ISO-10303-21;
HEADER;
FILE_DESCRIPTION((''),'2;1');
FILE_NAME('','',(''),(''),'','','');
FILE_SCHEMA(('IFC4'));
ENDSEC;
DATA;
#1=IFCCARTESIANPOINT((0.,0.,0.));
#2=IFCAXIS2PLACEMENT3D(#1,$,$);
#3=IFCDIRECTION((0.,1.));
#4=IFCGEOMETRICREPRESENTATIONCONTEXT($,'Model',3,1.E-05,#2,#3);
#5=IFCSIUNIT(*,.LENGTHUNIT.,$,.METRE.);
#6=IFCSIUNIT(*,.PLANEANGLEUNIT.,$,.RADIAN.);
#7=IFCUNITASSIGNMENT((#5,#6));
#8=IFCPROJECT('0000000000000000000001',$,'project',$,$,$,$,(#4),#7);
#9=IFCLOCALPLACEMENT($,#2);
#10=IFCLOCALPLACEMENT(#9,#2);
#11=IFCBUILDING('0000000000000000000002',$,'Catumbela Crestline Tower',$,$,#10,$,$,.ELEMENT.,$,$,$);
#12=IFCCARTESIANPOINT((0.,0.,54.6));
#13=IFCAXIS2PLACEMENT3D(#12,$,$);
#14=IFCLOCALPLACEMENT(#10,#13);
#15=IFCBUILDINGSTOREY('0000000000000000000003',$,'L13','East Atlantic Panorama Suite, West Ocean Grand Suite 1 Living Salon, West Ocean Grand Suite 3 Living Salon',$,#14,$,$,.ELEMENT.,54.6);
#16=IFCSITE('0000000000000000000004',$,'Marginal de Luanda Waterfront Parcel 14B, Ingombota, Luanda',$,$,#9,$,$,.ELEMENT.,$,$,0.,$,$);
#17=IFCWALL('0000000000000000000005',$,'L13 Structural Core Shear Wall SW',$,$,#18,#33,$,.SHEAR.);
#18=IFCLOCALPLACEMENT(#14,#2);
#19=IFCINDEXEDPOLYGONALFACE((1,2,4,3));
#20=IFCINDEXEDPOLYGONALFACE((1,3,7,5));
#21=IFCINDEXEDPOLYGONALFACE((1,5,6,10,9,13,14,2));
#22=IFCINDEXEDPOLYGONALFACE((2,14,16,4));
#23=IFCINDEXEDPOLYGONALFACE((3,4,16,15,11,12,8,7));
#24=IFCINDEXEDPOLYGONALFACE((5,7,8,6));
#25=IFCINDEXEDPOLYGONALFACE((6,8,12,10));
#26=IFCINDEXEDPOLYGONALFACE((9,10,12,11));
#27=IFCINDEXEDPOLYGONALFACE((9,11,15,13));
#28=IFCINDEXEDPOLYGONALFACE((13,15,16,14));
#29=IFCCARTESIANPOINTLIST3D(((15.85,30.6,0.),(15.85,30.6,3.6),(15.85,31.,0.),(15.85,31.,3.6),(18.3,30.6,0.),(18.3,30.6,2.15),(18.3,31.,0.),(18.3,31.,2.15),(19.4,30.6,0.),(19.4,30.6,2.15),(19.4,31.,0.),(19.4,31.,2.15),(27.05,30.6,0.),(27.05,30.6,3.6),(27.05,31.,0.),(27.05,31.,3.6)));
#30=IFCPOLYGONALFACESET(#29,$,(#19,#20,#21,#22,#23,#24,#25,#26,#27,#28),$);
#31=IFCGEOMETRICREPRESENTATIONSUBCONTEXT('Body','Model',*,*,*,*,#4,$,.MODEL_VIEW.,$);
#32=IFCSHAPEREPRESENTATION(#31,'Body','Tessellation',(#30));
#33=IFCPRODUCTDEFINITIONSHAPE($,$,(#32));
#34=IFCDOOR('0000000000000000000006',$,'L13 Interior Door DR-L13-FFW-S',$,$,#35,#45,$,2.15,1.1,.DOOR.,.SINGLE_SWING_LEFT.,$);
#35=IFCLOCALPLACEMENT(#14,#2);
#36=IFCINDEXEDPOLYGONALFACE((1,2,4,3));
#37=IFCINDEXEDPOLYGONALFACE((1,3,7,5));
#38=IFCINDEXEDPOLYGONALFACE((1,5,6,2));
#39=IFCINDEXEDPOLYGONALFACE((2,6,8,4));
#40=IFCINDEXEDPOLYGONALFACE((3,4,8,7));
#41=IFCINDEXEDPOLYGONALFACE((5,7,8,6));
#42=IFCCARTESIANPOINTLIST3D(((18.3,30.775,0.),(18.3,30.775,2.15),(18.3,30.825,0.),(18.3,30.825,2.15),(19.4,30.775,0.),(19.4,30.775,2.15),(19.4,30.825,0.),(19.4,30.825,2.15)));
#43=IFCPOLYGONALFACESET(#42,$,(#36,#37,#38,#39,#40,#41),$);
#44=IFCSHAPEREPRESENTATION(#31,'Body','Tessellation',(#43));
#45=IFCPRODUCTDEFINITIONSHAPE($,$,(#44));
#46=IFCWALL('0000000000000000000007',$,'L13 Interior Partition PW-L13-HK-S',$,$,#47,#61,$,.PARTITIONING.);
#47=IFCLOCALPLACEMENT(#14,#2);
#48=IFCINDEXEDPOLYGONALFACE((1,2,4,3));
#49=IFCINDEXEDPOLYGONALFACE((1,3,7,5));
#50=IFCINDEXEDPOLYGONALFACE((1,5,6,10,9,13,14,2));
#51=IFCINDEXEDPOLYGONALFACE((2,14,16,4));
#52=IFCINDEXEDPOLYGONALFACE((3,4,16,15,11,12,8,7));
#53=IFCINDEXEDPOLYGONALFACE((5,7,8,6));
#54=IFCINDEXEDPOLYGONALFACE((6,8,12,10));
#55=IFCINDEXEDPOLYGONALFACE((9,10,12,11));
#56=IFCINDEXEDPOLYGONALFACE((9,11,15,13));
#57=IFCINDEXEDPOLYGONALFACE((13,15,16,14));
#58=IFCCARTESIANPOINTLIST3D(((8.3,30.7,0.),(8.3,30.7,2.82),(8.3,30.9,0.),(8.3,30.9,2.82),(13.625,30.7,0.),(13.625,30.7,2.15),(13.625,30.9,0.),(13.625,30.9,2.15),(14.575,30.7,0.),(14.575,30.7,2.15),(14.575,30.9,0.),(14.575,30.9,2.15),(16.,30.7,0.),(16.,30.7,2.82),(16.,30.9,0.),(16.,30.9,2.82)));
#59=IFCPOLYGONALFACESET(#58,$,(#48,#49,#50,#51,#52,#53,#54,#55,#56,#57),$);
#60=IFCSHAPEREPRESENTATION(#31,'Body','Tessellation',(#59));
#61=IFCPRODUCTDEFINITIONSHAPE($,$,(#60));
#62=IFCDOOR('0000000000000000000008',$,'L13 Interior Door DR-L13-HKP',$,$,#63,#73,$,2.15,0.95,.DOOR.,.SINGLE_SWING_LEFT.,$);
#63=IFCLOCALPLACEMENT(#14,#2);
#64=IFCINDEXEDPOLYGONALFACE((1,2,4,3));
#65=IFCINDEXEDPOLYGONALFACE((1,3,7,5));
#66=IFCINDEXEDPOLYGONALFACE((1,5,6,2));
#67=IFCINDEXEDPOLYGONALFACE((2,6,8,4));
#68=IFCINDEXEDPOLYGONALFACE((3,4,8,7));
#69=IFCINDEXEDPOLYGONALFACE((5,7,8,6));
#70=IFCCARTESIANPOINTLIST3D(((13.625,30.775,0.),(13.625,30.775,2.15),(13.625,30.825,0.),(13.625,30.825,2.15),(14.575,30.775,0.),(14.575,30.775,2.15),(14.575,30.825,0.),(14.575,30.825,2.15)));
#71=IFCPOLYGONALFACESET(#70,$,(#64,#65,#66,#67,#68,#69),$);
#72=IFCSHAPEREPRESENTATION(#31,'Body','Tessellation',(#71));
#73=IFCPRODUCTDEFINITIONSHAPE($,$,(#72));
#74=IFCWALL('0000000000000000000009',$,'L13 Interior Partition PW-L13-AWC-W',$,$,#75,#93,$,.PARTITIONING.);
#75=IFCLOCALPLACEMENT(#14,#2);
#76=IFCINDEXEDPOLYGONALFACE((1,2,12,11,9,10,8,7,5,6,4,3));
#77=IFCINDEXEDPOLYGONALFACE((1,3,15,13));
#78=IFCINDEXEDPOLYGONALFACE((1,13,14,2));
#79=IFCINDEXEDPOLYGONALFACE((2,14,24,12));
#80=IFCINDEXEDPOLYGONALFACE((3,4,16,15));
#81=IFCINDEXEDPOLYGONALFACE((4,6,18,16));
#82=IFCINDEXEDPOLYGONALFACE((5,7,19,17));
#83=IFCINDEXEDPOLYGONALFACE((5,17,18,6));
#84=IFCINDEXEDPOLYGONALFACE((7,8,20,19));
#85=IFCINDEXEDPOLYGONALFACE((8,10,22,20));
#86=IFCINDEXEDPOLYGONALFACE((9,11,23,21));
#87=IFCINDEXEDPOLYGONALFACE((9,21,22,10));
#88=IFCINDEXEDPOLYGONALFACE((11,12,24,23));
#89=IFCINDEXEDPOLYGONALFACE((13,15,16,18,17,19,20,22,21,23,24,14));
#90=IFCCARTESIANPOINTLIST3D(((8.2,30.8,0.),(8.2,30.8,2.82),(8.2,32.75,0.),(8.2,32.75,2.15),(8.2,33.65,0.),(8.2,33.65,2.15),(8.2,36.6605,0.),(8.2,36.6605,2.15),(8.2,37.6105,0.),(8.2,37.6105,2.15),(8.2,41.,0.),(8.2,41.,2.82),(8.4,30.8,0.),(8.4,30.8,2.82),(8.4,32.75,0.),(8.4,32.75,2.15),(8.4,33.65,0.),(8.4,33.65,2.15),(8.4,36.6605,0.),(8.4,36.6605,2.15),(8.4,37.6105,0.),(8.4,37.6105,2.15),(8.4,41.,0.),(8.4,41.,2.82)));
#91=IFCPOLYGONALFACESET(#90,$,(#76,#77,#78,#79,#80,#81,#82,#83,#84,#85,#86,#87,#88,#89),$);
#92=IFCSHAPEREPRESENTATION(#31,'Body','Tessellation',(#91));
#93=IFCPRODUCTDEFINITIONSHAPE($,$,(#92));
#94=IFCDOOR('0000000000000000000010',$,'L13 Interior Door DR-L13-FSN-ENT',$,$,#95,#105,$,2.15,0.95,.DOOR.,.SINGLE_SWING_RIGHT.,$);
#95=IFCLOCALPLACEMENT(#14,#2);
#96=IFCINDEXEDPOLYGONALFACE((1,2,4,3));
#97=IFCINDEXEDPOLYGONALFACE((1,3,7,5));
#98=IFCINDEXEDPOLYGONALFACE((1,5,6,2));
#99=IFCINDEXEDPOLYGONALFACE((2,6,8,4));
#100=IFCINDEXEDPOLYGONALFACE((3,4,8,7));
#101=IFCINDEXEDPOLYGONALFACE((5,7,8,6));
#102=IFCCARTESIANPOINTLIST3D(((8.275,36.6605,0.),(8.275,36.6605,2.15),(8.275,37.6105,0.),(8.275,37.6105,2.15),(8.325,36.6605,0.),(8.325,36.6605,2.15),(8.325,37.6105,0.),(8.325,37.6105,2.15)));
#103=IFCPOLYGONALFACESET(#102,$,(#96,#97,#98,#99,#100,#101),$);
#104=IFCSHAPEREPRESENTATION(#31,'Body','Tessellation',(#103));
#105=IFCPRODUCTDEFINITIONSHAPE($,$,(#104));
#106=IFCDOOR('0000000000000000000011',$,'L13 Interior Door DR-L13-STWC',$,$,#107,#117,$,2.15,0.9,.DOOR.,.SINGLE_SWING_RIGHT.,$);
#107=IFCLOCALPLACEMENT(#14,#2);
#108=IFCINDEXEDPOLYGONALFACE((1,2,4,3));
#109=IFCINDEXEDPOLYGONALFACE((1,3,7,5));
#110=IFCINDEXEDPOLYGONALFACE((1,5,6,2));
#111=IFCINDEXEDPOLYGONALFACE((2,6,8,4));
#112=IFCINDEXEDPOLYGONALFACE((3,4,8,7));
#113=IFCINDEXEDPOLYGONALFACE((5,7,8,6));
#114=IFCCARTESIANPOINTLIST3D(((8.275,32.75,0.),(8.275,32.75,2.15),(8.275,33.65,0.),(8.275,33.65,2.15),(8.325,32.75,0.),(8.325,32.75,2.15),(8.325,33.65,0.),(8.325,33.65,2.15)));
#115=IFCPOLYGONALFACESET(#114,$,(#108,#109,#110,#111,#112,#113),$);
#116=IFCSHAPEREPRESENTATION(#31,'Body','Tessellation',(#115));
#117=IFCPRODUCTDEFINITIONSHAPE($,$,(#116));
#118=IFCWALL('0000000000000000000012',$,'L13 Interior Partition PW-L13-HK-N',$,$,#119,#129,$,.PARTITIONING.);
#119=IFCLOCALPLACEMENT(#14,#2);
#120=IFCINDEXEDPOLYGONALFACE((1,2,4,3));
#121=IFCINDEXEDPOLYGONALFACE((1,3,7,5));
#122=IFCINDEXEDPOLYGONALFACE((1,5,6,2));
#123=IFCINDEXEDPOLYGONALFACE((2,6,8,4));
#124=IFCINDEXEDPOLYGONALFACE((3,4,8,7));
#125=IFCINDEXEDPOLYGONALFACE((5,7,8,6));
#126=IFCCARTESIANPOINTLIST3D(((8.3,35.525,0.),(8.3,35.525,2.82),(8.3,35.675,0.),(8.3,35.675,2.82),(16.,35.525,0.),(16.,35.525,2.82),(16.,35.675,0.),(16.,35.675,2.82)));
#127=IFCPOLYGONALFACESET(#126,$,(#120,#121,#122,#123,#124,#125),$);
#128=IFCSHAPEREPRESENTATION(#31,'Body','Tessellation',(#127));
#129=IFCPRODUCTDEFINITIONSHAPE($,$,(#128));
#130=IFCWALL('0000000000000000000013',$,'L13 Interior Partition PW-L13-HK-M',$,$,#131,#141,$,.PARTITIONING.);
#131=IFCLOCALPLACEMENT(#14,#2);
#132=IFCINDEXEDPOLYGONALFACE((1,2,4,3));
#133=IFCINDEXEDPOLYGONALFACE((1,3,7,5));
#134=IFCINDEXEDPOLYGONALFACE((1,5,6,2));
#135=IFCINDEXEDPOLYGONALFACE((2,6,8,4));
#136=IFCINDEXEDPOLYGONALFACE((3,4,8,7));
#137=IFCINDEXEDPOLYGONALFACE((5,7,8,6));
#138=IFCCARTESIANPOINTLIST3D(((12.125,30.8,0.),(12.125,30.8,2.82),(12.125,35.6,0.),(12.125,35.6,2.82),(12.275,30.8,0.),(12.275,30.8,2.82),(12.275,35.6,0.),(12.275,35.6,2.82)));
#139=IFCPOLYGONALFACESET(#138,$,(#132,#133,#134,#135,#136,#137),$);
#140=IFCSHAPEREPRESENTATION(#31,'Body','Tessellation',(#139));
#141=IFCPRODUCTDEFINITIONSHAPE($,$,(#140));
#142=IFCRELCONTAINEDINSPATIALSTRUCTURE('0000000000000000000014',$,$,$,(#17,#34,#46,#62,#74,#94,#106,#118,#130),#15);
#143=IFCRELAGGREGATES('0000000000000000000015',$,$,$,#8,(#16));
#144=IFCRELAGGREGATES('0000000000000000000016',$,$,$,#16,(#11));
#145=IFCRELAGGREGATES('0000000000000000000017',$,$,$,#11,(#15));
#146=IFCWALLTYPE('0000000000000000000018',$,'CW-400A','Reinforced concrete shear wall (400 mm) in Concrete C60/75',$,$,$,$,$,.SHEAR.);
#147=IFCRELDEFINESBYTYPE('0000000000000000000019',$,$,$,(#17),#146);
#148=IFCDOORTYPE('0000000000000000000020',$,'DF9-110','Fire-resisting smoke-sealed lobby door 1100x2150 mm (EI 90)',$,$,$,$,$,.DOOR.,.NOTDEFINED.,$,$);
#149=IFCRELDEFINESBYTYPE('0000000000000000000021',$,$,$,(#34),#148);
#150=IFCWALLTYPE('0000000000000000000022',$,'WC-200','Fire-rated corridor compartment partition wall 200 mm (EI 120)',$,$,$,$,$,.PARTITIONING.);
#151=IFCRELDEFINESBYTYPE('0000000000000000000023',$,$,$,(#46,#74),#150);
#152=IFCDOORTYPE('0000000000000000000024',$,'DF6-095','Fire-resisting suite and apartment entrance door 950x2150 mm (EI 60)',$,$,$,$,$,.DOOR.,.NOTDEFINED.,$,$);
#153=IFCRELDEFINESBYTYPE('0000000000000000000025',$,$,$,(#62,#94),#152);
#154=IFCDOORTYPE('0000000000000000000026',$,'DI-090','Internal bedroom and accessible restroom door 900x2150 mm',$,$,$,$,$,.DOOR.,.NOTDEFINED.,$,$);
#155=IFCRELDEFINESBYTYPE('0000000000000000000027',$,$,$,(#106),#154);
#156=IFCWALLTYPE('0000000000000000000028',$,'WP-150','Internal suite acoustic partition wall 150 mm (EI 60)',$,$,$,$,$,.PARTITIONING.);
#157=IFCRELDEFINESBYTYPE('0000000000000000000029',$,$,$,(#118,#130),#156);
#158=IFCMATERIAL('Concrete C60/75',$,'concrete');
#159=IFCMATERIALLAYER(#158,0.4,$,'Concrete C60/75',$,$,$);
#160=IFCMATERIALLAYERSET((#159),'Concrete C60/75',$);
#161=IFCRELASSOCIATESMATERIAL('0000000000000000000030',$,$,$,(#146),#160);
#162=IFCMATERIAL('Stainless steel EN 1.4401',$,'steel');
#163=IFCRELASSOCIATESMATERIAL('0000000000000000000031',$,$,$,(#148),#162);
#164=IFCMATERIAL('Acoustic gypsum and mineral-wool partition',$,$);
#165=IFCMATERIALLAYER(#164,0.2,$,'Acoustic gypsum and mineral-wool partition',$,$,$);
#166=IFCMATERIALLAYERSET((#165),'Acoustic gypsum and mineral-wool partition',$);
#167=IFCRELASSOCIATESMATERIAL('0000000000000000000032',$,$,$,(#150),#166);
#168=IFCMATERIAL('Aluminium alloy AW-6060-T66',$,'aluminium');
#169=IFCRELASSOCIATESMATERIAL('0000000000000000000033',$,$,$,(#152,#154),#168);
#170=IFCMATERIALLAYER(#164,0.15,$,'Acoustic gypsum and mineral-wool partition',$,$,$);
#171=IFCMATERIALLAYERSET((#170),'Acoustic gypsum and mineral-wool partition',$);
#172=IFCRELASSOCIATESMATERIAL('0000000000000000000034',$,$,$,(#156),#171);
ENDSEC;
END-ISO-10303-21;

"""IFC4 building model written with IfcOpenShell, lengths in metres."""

from ifc_helpers import new_model, si_unit, direction, frame, frame_2d, origin, place, context, subcontext, project, spatial, rectangle, extrude, material, layer, layer_set, type_object, element, fill, save


model = new_model("IFC4")

# Units and contexts
model_context = context("Model", 3, precision=1e-05, world=origin(), true_north=direction((0.0, 1.0)))
body_context = subcontext(model_context, "Body", "Model", "MODEL_VIEW")
ifc_project = project(units=[si_unit("LENGTHUNIT", "METRE"), si_unit("PLANEANGLEUNIT", "RADIAN")], contexts=[model_context])

# Site, building, storey
site_placement = place(None, origin())
site = spatial("IfcSite", under=ifc_project, at=site_placement, Name="Marginal de Luanda Waterfront Parcel 14B, Ingombota, Luanda", CompositionType="ELEMENT", RefElevation=0.0)
building_placement = place(site_placement, origin())
building = spatial("IfcBuilding", under=site, at=building_placement, Name="Catumbela Crestline Tower", CompositionType="ELEMENT")
storey_placement = place(building_placement, frame((0.0, 0.0, 54.6)))
storey = spatial("IfcBuildingStorey", under=building, at=storey_placement, Name="L13", Description="East Atlantic Panorama Suite, West Ocean Grand Suite 1 Living Salon, West Ocean Grand Suite 3 Living Salon", CompositionType="ELEMENT", Elevation=54.6)

# Shared definitions
ifc_material_1 = material(Name="Stainless steel EN 1.4401", Category="steel")

# Shared definitions
ifc_material_2 = material(Name="Concrete C60/75", Category="concrete")
ifc_layer_1 = layer(ifc_material_2, 0.4, Name="Concrete C60/75")
ifc_layer_set_1 = layer_set([ifc_layer_1], Name="Concrete C60/75")
wall_type_1 = type_object("IfcWallType", Name="CW-400A", Description="Reinforced concrete shear wall (400 mm) in Concrete C60/75", PredefinedType="SHEAR", material=ifc_layer_set_1)

# Walls, openings, doors
wall_1_placement = place(storey_placement, frame((15.85, 30.8, 0.0), z_axis=(0.0, 0.0, 1.0), x_axis=(1.0, 0.0, 0.0)))
wall_1 = element("IfcWall", 1, at=wall_1_placement, inside=storey, type_object=wall_type_1, Name="L13 Structural Core Shear Wall SW", PredefinedType="SHEAR", context=body_context, shape_type="SweptSolid", body=[
    extrude(rectangle(XDim=11.2, YDim=0.4, at=frame_2d((5.6, 0.0))), origin(), (0.0, 0.0, 1.0), 3.6),
])
opening_1_placement = place(wall_1_placement, frame((2.45, 0.0, 0.0)))
opening_1 = element("IfcOpeningElement", 2, at=opening_1_placement, cuts=wall_1, PredefinedType="OPENING", context=body_context, shape_type="SweptSolid", body=[
    extrude(rectangle(XDim=1.1, YDim=2.15, at=frame_2d((0.55, 1.075))), frame((0.0, 0.21, 0.0), z_axis=(0.0, -1.0, 0.0), x_axis=(1.0, 0.0, 0.0)), (0.0, 0.0, 1.0), 0.42),
])
door_type_1 = type_object("IfcDoorType", Name="DF9-110", Description="Fire-resisting smoke-sealed lobby door 1100x2150 mm (EI 90)", OperationType="NOTDEFINED", PredefinedType="DOOR", material=ifc_material_1)
door_1_placement = place(opening_1_placement, origin())
door_1 = element("IfcDoor", 3, at=door_1_placement, inside=storey, type_object=door_type_1, Name="L13 Interior Door DR-L13-FFW-S", OperationType="SINGLE_SWING_LEFT", OverallHeight=2.15, OverallWidth=1.1, PredefinedType="DOOR", context=body_context, shape_type="SweptSolid", body=[
    extrude(rectangle(XDim=1.1, YDim=2.15, at=frame_2d((0.55, 1.075))), frame((0.0, 0.025, 0.0), z_axis=(0.0, -1.0, 0.0), x_axis=(1.0, 0.0, 0.0)), (0.0, 0.0, 1.0), 0.05),
])
fill(opening_1, door_1)
ifc_material_3 = material(Name="Acoustic gypsum and mineral-wool partition")
ifc_layer_2 = layer(ifc_material_3, 0.2, Name="Acoustic gypsum and mineral-wool partition")
ifc_layer_set_2 = layer_set([ifc_layer_2], Name="Acoustic gypsum and mineral-wool partition")
wall_type_2 = type_object("IfcWallType", Name="WC-200", Description="Fire-rated corridor compartment partition wall 200 mm (EI 120)", PredefinedType="PARTITIONING", material=ifc_layer_set_2)
wall_2_placement = place(storey_placement, frame((8.3, 30.8, 0.0), z_axis=(0.0, 0.0, 1.0), x_axis=(1.0, 0.0, 0.0)))
wall_2 = element("IfcWall", 4, at=wall_2_placement, inside=storey, type_object=wall_type_2, Name="L13 Interior Partition PW-L13-HK-S", PredefinedType="PARTITIONING", context=body_context, shape_type="SweptSolid", body=[
    extrude(rectangle(XDim=7.7, YDim=0.2, at=frame_2d((3.85, 0.0))), origin(), (0.0, 0.0, 1.0), 2.82),
])
opening_2_placement = place(wall_2_placement, frame((5.325, 0.0, 0.0)))
opening_2 = element("IfcOpeningElement", 5, at=opening_2_placement, cuts=wall_2, PredefinedType="OPENING", context=body_context, shape_type="SweptSolid", body=[
    extrude(rectangle(XDim=0.95, YDim=2.15, at=frame_2d((0.475, 1.075))), frame((0.0, 0.11, 0.0), z_axis=(0.0, -1.0, 0.0), x_axis=(1.0, 0.0, 0.0)), (0.0, 0.0, 1.0), 0.22),
])
ifc_material_4 = material(Name="Aluminium alloy AW-6060-T66", Category="aluminium")
door_type_2 = type_object("IfcDoorType", Name="DF6-095", Description="Fire-resisting suite and apartment entrance door 950x2150 mm (EI 60)", OperationType="NOTDEFINED", PredefinedType="DOOR", material=ifc_material_4)
door_2_placement = place(opening_2_placement, origin())
door_2 = element("IfcDoor", 6, at=door_2_placement, inside=storey, type_object=door_type_2, Name="L13 Interior Door DR-L13-HKP", OperationType="SINGLE_SWING_LEFT", OverallHeight=2.15, OverallWidth=0.95, PredefinedType="DOOR", context=body_context, shape_type="SweptSolid", body=[
    extrude(rectangle(XDim=0.95, YDim=2.15, at=frame_2d((0.475, 1.075))), frame((0.0, 0.025, 0.0), z_axis=(0.0, -1.0, 0.0), x_axis=(1.0, 0.0, 0.0)), (0.0, 0.0, 1.0), 0.05),
])
fill(opening_2, door_2)

# Wall, openings, doors
wall_3_placement = place(storey_placement, frame((8.3, 30.8, 0.0), z_axis=(0.0, 0.0, 1.0), x_axis=(0.0, 1.0, 0.0)))
wall_3 = element("IfcWall", 7, at=wall_3_placement, inside=storey, type_object=wall_type_2, Name="L13 Interior Partition PW-L13-AWC-W", PredefinedType="PARTITIONING", context=body_context, shape_type="SweptSolid", body=[
    extrude(rectangle(XDim=10.2, YDim=0.2, at=frame_2d((5.1, 0.0))), origin(), (0.0, 0.0, 1.0), 2.82),
])
opening_3_placement = place(wall_3_placement, frame((1.95, 0.0, 0.0)))
opening_3 = element("IfcOpeningElement", 8, at=opening_3_placement, cuts=wall_3, PredefinedType="OPENING", context=body_context, shape_type="SweptSolid", body=[
    extrude(rectangle(XDim=0.9, YDim=2.15, at=frame_2d((0.45, 1.075))), frame((0.0, 0.11, 0.0), z_axis=(0.0, -1.0, 0.0), x_axis=(1.0, 0.0, 0.0)), (0.0, 0.0, 1.0), 0.22),
])
opening_4_placement = place(wall_3_placement, frame((5.8605, 0.0, 0.0)))
opening_4 = element("IfcOpeningElement", 9, at=opening_4_placement, cuts=wall_3, PredefinedType="OPENING", context=body_context, shape_type="SweptSolid", body=[
    extrude(rectangle(XDim=0.95, YDim=2.15, at=frame_2d((0.475, 1.075))), frame((0.0, 0.11, 0.0), z_axis=(0.0, -1.0, 0.0), x_axis=(1.0, 0.0, 0.0)), (0.0, 0.0, 1.0), 0.22),
])
door_3_placement = place(opening_4_placement, origin())
door_3 = element("IfcDoor", 10, at=door_3_placement, inside=storey, type_object=door_type_2, Name="L13 Interior Door DR-L13-FSN-ENT", OperationType="SINGLE_SWING_RIGHT", OverallHeight=2.15, OverallWidth=0.95, PredefinedType="DOOR", context=body_context, shape_type="SweptSolid", body=[
    extrude(rectangle(XDim=0.95, YDim=2.15, at=frame_2d((0.475, 1.075))), frame((0.0, 0.025, 0.0), z_axis=(0.0, -1.0, 0.0), x_axis=(1.0, 0.0, 0.0)), (0.0, 0.0, 1.0), 0.05),
])
fill(opening_4, door_3)
door_type_3 = type_object("IfcDoorType", Name="DI-090", Description="Internal bedroom and accessible restroom door 900x2150 mm", OperationType="NOTDEFINED", PredefinedType="DOOR", material=ifc_material_4)
door_4_placement = place(opening_3_placement, origin())
door_4 = element("IfcDoor", 11, at=door_4_placement, inside=storey, type_object=door_type_3, Name="L13 Interior Door DR-L13-STWC", OperationType="SINGLE_SWING_RIGHT", OverallHeight=2.15, OverallWidth=0.9, PredefinedType="DOOR", context=body_context, shape_type="SweptSolid", body=[
    extrude(rectangle(XDim=0.9, YDim=2.15, at=frame_2d((0.45, 1.075))), frame((0.0, 0.025, 0.0), z_axis=(0.0, -1.0, 0.0), x_axis=(1.0, 0.0, 0.0)), (0.0, 0.0, 1.0), 0.05),
])
fill(opening_3, door_4)

# Walls
ifc_layer_3 = layer(ifc_material_3, 0.15, Name="Acoustic gypsum and mineral-wool partition")
ifc_layer_set_3 = layer_set([ifc_layer_3], Name="Acoustic gypsum and mineral-wool partition")
wall_type_3 = type_object("IfcWallType", Name="WP-150", Description="Internal suite acoustic partition wall 150 mm (EI 60)", PredefinedType="PARTITIONING", material=ifc_layer_set_3)
wall_4_placement = place(storey_placement, frame((8.3, 35.6, 0.0), z_axis=(0.0, 0.0, 1.0), x_axis=(1.0, 0.0, 0.0)))
element("IfcWall", 12, at=wall_4_placement, inside=storey, type_object=wall_type_3, Name="L13 Interior Partition PW-L13-HK-N", PredefinedType="PARTITIONING", context=body_context, shape_type="SweptSolid", body=[
    extrude(rectangle(XDim=7.7, YDim=0.15, at=frame_2d((3.85, 0.0))), origin(), (0.0, 0.0, 1.0), 2.82),
])
wall_5_placement = place(storey_placement, frame((12.2, 30.8, 0.0), z_axis=(0.0, 0.0, 1.0), x_axis=(0.0, 1.0, 0.0)))
element("IfcWall", 13, at=wall_5_placement, inside=storey, type_object=wall_type_3, Name="L13 Interior Partition PW-L13-HK-M", PredefinedType="PARTITIONING", context=body_context, shape_type="SweptSolid", body=[
    extrude(rectangle(XDim=4.8, YDim=0.15, at=frame_2d((2.4, 0.0))), origin(), (0.0, 0.0, 1.0), 2.82),
])

save(model, "model.ifc")
